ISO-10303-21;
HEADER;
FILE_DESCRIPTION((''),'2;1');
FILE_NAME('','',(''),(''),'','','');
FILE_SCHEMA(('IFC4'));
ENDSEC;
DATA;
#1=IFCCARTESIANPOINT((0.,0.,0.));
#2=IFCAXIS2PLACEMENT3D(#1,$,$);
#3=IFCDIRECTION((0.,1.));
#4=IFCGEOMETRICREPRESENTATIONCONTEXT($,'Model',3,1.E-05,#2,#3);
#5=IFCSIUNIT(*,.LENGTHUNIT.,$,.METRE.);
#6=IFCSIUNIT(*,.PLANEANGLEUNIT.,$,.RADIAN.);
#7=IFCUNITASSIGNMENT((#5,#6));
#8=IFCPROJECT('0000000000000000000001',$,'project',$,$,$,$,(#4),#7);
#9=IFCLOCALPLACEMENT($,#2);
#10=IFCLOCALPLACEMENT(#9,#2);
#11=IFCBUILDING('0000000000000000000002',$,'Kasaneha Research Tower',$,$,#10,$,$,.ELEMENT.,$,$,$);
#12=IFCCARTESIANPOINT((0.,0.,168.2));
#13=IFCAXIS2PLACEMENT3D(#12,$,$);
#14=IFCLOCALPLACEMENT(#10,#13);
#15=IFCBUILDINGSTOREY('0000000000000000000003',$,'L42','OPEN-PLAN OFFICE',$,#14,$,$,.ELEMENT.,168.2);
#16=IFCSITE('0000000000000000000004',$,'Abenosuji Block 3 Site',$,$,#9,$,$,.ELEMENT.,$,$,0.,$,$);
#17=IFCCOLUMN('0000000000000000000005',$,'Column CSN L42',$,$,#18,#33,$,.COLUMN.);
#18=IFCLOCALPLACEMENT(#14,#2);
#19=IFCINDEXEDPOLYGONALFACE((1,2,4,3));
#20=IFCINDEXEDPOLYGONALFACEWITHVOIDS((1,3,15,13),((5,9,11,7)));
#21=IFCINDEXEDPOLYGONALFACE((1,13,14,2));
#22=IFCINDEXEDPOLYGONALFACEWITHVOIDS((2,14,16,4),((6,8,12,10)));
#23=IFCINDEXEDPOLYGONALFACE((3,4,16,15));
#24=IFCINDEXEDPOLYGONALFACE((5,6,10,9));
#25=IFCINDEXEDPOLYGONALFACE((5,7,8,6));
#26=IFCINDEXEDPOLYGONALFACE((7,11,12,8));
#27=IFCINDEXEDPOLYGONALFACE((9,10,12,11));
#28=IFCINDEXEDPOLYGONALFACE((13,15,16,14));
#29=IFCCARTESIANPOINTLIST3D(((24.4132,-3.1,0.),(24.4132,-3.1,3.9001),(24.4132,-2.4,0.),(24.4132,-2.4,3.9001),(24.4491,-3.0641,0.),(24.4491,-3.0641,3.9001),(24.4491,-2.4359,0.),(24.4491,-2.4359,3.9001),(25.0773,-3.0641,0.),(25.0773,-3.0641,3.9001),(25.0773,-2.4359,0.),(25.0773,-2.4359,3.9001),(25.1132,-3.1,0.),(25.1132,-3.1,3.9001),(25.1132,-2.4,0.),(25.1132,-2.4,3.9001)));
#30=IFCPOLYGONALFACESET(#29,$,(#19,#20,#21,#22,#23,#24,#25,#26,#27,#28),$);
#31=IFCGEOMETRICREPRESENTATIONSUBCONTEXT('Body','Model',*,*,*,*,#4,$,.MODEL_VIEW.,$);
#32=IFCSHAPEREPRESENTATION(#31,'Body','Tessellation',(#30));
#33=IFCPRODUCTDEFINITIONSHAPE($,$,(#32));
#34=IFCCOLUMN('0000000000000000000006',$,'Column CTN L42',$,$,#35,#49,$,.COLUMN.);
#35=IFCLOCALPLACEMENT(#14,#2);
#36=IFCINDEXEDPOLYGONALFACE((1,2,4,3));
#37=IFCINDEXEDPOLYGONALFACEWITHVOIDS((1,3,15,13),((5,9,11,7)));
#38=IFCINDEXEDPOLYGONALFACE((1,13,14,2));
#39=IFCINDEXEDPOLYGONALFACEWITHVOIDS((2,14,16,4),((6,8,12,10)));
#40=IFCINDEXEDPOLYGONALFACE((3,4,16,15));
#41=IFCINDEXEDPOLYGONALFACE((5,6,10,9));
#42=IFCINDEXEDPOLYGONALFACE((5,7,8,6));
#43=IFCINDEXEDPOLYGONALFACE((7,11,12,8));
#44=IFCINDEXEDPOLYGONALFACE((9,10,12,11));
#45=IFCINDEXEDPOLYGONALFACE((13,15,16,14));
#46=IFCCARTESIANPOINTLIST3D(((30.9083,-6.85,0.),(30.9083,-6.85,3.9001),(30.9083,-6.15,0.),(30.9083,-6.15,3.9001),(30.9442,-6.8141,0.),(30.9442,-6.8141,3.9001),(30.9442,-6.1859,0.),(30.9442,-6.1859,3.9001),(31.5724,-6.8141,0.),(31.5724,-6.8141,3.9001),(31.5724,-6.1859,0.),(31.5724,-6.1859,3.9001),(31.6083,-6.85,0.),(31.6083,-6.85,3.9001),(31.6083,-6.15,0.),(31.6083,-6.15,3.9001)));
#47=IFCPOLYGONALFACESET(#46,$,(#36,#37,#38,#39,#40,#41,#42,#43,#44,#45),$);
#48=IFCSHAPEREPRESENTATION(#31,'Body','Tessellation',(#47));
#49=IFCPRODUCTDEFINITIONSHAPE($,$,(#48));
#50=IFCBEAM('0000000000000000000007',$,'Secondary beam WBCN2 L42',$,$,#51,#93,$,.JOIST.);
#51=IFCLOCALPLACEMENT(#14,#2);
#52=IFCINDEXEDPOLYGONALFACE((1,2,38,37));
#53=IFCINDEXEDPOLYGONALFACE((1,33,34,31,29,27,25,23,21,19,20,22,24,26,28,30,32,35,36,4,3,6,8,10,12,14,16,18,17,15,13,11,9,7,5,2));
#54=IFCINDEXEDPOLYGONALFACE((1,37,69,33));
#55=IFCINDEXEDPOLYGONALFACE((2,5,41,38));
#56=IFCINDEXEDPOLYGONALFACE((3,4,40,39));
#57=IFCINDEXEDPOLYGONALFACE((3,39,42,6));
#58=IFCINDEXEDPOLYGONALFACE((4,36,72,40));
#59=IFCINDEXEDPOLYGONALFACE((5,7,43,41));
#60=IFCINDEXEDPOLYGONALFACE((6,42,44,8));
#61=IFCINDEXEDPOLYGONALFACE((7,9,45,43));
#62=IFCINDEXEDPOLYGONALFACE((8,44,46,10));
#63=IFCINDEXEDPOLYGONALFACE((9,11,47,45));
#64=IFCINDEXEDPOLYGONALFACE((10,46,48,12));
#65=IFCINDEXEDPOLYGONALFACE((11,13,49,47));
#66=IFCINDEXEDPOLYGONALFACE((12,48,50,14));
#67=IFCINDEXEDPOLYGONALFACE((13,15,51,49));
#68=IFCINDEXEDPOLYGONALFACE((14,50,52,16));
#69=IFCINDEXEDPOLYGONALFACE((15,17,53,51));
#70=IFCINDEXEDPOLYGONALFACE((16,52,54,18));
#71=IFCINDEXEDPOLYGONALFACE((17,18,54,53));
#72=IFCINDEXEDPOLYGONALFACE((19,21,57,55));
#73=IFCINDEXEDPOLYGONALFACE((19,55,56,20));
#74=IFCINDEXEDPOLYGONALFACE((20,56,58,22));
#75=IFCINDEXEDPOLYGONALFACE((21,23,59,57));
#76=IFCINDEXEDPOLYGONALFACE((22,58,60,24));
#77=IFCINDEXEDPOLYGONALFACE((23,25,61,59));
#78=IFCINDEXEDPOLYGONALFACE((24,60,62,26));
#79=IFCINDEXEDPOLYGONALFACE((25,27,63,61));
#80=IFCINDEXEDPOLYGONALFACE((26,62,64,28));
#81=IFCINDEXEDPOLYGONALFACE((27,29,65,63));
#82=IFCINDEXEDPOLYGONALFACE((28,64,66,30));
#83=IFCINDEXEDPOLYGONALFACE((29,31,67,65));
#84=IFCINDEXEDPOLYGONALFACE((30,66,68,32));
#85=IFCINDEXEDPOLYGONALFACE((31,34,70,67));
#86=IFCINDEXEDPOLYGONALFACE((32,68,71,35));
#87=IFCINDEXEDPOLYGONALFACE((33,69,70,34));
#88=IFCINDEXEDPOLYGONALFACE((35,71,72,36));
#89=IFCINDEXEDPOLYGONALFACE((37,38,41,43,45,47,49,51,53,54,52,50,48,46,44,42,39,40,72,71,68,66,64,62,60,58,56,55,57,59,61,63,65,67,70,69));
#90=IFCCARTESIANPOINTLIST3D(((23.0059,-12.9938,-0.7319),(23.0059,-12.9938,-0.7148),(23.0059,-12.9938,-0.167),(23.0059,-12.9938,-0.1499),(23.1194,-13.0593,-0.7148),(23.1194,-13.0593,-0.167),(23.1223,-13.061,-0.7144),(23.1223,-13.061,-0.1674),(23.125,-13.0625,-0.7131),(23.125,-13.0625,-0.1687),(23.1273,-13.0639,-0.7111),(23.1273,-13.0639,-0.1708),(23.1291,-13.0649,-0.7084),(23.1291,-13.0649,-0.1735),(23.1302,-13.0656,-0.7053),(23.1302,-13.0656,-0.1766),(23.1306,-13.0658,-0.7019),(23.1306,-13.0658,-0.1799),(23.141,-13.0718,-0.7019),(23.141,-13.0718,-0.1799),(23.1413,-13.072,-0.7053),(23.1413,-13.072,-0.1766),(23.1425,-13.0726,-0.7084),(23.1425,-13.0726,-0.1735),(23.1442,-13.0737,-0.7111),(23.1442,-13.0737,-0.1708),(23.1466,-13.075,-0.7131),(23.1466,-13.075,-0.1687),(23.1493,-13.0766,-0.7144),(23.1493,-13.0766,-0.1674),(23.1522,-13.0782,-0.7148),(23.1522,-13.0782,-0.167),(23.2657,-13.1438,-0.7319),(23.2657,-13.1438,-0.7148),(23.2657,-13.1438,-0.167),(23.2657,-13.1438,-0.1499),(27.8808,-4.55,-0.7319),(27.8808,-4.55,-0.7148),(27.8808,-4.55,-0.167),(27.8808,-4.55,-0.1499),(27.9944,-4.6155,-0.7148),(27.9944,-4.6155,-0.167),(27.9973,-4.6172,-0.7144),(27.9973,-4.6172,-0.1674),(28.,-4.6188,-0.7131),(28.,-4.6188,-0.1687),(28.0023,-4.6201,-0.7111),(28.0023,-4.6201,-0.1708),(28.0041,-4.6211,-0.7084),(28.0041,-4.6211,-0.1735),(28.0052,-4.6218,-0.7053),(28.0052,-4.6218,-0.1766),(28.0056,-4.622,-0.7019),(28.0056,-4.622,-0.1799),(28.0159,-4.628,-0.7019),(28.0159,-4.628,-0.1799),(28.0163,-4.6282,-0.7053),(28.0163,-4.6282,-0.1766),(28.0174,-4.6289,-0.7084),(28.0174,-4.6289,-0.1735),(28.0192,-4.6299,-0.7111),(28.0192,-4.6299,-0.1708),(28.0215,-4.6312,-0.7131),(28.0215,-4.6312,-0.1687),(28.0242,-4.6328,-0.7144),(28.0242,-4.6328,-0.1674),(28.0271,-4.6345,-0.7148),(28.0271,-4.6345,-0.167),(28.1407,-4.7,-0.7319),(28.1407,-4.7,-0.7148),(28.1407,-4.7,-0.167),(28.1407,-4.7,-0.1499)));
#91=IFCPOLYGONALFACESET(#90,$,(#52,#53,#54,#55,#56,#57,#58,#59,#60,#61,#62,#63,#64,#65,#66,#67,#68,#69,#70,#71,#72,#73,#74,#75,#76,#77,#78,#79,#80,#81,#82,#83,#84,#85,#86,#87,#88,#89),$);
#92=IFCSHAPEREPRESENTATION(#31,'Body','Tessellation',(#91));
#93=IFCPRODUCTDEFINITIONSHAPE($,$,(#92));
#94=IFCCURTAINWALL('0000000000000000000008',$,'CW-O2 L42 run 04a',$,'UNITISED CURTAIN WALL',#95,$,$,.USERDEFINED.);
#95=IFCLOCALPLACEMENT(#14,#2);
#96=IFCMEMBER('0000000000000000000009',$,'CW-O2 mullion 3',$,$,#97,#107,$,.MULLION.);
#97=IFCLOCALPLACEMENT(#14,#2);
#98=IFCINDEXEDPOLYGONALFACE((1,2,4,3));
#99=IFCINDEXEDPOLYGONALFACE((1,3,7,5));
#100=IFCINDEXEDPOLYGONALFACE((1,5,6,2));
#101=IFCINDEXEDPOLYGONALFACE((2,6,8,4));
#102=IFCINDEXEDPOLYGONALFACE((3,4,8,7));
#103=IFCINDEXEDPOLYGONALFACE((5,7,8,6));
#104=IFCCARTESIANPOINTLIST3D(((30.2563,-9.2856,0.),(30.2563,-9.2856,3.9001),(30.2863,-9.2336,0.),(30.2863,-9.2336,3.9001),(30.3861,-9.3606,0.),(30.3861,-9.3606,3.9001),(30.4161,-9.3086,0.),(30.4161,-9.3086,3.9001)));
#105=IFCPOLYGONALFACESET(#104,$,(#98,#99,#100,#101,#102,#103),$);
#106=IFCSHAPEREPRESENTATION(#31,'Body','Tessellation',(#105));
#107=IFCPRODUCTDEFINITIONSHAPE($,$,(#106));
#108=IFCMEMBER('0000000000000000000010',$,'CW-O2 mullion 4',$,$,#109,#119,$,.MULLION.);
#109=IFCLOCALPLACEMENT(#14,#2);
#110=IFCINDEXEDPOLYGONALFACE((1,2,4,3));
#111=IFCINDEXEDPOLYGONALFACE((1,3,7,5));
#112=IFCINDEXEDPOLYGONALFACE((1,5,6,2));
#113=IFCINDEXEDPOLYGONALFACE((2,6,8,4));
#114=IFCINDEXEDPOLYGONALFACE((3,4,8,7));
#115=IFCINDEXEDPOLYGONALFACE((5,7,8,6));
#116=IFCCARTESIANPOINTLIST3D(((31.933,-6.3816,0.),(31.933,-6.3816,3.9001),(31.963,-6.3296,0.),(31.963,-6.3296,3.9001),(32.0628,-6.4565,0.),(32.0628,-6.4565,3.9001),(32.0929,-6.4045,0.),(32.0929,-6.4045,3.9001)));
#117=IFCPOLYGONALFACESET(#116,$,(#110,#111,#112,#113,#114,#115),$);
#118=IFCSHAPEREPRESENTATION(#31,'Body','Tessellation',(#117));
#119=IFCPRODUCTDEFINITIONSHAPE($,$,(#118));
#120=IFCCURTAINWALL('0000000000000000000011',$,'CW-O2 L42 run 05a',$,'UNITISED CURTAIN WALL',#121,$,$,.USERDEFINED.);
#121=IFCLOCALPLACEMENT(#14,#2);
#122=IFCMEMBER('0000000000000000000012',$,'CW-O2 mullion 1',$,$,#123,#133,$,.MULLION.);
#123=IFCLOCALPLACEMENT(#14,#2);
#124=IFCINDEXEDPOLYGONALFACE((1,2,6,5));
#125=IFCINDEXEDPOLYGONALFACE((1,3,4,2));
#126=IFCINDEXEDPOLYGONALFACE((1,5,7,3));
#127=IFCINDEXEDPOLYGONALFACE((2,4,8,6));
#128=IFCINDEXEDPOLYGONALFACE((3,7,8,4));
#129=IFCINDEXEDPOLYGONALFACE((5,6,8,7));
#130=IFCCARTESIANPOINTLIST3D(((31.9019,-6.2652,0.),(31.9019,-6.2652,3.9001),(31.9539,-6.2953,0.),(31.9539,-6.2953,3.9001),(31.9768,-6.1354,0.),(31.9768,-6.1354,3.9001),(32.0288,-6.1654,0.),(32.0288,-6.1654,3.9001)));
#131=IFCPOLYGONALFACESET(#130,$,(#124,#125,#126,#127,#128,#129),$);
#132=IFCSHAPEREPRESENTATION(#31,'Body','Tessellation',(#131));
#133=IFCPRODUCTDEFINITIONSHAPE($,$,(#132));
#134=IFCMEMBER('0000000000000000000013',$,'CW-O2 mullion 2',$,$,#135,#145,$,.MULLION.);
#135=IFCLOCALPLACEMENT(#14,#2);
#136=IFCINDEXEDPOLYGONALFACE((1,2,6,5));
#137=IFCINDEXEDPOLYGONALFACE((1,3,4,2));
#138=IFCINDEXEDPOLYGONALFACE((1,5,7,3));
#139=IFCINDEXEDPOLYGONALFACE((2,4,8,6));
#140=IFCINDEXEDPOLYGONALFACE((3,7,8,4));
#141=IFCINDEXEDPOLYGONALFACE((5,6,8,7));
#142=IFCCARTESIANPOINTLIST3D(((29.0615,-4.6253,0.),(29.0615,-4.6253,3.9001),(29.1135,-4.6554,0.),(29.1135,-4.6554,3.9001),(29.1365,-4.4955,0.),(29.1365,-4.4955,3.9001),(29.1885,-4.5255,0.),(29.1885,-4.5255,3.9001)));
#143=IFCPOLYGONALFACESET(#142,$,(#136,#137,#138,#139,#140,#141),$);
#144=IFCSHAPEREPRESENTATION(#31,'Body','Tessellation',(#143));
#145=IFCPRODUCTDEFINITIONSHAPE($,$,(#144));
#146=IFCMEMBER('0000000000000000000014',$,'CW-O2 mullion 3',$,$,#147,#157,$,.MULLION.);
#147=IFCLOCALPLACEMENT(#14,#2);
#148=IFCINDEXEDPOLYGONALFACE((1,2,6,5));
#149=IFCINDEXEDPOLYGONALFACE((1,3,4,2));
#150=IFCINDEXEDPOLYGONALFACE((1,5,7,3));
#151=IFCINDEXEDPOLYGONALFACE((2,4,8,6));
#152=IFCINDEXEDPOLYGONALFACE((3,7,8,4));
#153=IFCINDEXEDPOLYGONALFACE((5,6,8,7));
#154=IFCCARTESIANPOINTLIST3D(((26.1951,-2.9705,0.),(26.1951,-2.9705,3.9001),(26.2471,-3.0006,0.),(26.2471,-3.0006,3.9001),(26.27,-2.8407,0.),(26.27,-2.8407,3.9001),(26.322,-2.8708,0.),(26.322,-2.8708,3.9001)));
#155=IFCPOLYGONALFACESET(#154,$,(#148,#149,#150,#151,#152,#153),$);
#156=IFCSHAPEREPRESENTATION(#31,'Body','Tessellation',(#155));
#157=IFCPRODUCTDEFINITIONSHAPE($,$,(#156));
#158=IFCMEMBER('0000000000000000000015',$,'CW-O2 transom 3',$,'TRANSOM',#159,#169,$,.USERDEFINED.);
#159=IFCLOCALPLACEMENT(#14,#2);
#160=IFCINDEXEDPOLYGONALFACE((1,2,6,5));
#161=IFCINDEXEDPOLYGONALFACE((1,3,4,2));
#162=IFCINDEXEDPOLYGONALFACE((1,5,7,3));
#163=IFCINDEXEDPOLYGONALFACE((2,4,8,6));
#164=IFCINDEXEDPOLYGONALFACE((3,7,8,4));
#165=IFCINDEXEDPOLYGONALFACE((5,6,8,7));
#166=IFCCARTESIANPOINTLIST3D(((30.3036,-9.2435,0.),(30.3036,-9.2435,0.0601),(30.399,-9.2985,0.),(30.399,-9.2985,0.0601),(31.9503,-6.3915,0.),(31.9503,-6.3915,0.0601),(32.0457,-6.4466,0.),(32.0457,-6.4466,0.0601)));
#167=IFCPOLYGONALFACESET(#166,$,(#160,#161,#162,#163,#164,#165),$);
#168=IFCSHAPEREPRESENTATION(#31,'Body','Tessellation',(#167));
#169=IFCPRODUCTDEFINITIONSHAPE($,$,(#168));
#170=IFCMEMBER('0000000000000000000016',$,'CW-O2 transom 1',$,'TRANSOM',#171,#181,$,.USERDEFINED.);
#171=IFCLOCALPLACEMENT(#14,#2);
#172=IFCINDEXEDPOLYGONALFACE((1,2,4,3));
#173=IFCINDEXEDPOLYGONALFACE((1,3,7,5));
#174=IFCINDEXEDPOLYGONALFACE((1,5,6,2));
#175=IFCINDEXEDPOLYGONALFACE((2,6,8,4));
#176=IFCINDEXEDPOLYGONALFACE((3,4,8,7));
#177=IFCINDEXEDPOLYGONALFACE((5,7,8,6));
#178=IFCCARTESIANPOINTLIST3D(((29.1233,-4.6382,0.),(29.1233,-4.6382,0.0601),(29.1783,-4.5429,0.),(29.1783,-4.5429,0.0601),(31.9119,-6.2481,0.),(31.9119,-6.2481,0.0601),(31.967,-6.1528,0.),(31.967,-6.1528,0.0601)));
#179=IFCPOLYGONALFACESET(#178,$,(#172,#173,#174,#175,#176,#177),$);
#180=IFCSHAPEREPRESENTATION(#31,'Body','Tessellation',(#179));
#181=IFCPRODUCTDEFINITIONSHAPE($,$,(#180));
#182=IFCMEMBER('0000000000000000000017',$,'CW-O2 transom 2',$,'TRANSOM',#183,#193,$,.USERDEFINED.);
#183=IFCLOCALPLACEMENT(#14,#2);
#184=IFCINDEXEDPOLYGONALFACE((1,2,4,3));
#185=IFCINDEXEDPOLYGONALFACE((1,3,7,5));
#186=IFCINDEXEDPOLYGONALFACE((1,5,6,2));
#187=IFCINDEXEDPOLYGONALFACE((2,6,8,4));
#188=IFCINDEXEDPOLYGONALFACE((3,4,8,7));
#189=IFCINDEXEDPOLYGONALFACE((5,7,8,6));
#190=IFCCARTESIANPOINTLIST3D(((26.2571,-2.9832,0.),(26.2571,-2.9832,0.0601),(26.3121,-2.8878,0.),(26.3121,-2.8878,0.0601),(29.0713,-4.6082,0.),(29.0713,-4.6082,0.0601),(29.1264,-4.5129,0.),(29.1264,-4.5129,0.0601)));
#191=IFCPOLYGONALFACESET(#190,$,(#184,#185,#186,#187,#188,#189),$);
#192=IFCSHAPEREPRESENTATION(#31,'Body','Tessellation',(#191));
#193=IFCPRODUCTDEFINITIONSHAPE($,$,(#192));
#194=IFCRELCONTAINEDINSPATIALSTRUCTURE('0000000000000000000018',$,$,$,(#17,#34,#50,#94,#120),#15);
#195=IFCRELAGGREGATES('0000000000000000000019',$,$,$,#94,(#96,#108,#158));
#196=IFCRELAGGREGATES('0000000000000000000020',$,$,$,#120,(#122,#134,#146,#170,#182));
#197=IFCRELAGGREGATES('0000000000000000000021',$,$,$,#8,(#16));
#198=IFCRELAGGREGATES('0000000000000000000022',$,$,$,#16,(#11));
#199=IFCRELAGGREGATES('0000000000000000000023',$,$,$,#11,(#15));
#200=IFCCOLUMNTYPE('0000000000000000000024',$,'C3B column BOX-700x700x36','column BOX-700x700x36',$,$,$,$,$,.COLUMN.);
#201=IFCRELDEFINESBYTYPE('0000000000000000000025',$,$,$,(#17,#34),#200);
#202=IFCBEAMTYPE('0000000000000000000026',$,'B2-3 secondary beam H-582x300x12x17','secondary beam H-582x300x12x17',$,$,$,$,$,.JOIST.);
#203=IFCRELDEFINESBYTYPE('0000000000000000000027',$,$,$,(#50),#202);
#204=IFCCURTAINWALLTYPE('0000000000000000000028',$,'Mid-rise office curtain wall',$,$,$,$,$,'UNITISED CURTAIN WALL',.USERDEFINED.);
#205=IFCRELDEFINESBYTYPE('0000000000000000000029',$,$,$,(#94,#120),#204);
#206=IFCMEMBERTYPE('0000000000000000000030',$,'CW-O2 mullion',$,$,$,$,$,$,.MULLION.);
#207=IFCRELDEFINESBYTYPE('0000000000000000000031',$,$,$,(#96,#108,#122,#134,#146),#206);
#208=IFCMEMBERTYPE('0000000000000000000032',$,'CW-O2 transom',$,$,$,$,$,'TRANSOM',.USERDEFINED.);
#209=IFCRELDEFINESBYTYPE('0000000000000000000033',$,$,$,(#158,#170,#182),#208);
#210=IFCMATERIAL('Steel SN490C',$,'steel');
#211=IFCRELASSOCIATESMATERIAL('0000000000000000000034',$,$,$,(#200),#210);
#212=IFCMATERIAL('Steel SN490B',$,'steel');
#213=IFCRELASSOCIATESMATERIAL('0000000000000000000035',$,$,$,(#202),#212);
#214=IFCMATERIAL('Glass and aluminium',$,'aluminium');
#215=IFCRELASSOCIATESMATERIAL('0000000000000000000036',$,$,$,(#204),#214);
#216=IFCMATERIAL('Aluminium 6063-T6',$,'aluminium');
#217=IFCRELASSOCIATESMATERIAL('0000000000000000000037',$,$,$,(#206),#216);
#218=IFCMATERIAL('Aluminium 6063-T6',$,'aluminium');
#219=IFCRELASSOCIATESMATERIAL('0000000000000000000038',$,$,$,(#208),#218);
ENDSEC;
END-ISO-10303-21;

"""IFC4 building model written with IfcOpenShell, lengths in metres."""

from ifc_helpers import new_model, si_unit, direction, frame, origin, origin_2d, place, context, subcontext, project, spatial, rectangle, hollow_rectangle, i_section, extrude, material, material_profile, profile_set, type_object, element, aggregate, save


model = new_model("IFC4")

# Units and contexts
model_context = context("Model", 3, precision=1e-05, world=origin(), true_north=direction((0.0, 1.0)))
body_context = subcontext(model_context, "Body", "Model", "MODEL_VIEW")
ifc_project = project(units=[si_unit("LENGTHUNIT", "METRE"), si_unit("PLANEANGLEUNIT", "RADIAN")], contexts=[model_context])

# Site, building, storey
site_placement = place(None, origin())
site = spatial("IfcSite", under=ifc_project, at=site_placement, Name="Abenosuji Block 3 Site", CompositionType="ELEMENT", RefElevation=0.0)
building_placement = place(site_placement, origin())
building = spatial("IfcBuilding", under=site, at=building_placement, Name="Kasaneha Research Tower", CompositionType="ELEMENT")
storey_placement = place(building_placement, frame((0.0, 0.0, 168.2)))
storey = spatial("IfcBuildingStorey", under=building, at=storey_placement, Name="L42", Description="OPEN-PLAN OFFICE", CompositionType="ELEMENT", Elevation=168.2)

# Columns
ifc_material_1 = material(Name="Steel SN490C", Category="steel")
ifc_material_profile_1 = material_profile(ifc_material_1, hollow_rectangle(XDim=0.7, YDim=0.7, WallThickness=0.0359, at=origin_2d()), Name="BOX-700x700x36")
ifc_profile_set_1 = profile_set([ifc_material_profile_1], Name="Steel SN490C")
column_type = type_object("IfcColumnType", Name="C3B column BOX-700x700x36", Description="column BOX-700x700x36", PredefinedType="COLUMN", material=ifc_profile_set_1)
for number, where, z_axis, x_axis, name in (
    (1, (24.7632, -2.75, 0.0), (0.0, 0.0, 1.0), (1.0, 0.0, 0.0), "Column CSN L42"),
    (2, (31.2583, -6.5, 0.0), (0.0, 0.0, 1.0), (1.0, 0.0, 0.0), "Column CTN L42"),
):
    element("IfcColumn", number, at=place(storey_placement, frame(where, z_axis=z_axis, x_axis=x_axis)), inside=storey, type_object=column_type, Name=name, PredefinedType="COLUMN", context=body_context, shape_type="SweptSolid", body=[
        extrude(hollow_rectangle(XDim=0.7, YDim=0.7, WallThickness=0.0359, at=origin_2d()), origin(), (0.0, 0.0, 1.0), 3.9001),
    ])

# Beam
ifc_material_2 = material(Name="Steel SN490B", Category="steel")
ifc_material_profile_2 = material_profile(ifc_material_2, i_section(OverallWidth=0.3, OverallDepth=0.582, WebThickness=0.012, FlangeThickness=0.0171, FilletRadius=0.0129, at=origin_2d()), Name="H-582x300x12x17")
ifc_profile_set_2 = profile_set([ifc_material_profile_2], Name="Steel SN490B")
beam_type_1 = type_object("IfcBeamType", Name="B2-3 secondary beam H-582x300x12x17", Description="secondary beam H-582x300x12x17", PredefinedType="JOIST", material=ifc_profile_set_2)
beam_1_placement = place(storey_placement, frame((28.0107, -4.625, -0.4409), z_axis=(-0.499996, -0.866028, 0.0), x_axis=(0.866028, -0.499996, 0.0)))
element("IfcBeam", 3, at=beam_1_placement, inside=storey, type_object=beam_type_1, Name="Secondary beam WBCN2 L42", PredefinedType="JOIST", context=body_context, shape_type="SweptSolid", body=[
    extrude(i_section(OverallWidth=0.3, OverallDepth=0.582, WebThickness=0.012, FlangeThickness=0.0171, FilletRadius=0.0129, at=origin_2d()), origin(), (0.0, 0.0, 1.0), 9.75),
])

# Curtain walls, members
ifc_material_3 = material(Name="Glass and aluminium", Category="aluminium")
curtain_wall_type = type_object("IfcCurtainWallType", Name="Mid-rise office curtain wall", ElementType="UNITISED CURTAIN WALL", PredefinedType="USERDEFINED", material=ifc_material_3)
curtain_wall_1_placement = place(storey_placement, origin())
curtain_wall_1 = element("IfcCurtainWall", 4, at=curtain_wall_1_placement, inside=storey, type_object=curtain_wall_type, Name="CW-O2 L42 run 04a", ObjectType="UNITISED CURTAIN WALL", PredefinedType="USERDEFINED")
ifc_material_4 = material(Name="Aluminium 6063-T6", Category="aluminium")
ifc_material_profile_3 = material_profile(ifc_material_4, rectangle(XDim=0.0601, YDim=0.1499, at=origin_2d()), Name="CW-O2 mullion 60x150")
ifc_profile_set_3 = profile_set([ifc_material_profile_3], Name="Aluminium 6063-T6")
member_type_1 = type_object("IfcMemberType", Name="CW-O2 mullion", PredefinedType="MULLION", material=ifc_profile_set_3)
member_1_placement = place(storey_placement, frame((30.3362, -9.2971, 0.0), z_axis=(0.0, 0.0, 1.0), x_axis=(0.5, 0.866025, 0.0)))
member_1 = element("IfcMember", 5, at=member_1_placement, type_object=member_type_1, Name="CW-O2 mullion 3", PredefinedType="MULLION", context=body_context, shape_type="SweptSolid", body=[
    extrude(rectangle(XDim=0.0601, YDim=0.1499, at=origin_2d()), origin(), (0.0, 0.0, 1.0), 3.9001),
])
member_2_placement = place(storey_placement, frame((32.0129, -6.3931, 0.0), z_axis=(0.0, 0.0, 1.0), x_axis=(0.5, 0.866025, 0.0)))
member_2 = element("IfcMember", 6, at=member_2_placement, type_object=member_type_1, Name="CW-O2 mullion 4", PredefinedType="MULLION", context=body_context, shape_type="SweptSolid", body=[
    extrude(rectangle(XDim=0.0601, YDim=0.1499, at=origin_2d()), origin(), (0.0, 0.0, 1.0), 3.9001),
])
curtain_wall_2_placement = place(storey_placement, origin())
curtain_wall_2 = element("IfcCurtainWall", 7, at=curtain_wall_2_placement, inside=storey, type_object=curtain_wall_type, Name="CW-O2 L42 run 05a", ObjectType="UNITISED CURTAIN WALL", PredefinedType="USERDEFINED")
member_3_placement = place(storey_placement, frame((31.9653, -6.2153, 0.0), z_axis=(0.0, 0.0, 1.0), x_axis=(-0.866025, 0.5, 0.0)))
member_3 = element("IfcMember", 8, at=member_3_placement, type_object=member_type_1, Name="CW-O2 mullion 1", PredefinedType="MULLION", context=body_context, shape_type="SweptSolid", body=[
    extrude(rectangle(XDim=0.0601, YDim=0.1499, at=origin_2d()), origin(), (0.0, 0.0, 1.0), 3.9001),
])
member_4_placement = place(storey_placement, frame((29.125, -4.5754, 0.0), z_axis=(0.0, 0.0, 1.0), x_axis=(-0.866025, 0.5, 0.0)))
member_4 = element("IfcMember", 9, at=member_4_placement, type_object=member_type_1, Name="CW-O2 mullion 2", PredefinedType="MULLION", context=body_context, shape_type="SweptSolid", body=[
    extrude(rectangle(XDim=0.0601, YDim=0.1499, at=origin_2d()), origin(), (0.0, 0.0, 1.0), 3.9001),
])
member_5_placement = place(storey_placement, frame((26.2585, -2.9207, 0.0), z_axis=(0.0, 0.0, 1.0), x_axis=(-0.866025, 0.5, 0.0)))
member_5 = element("IfcMember", 10, at=member_5_placement, type_object=member_type_1, Name="CW-O2 mullion 3", PredefinedType="MULLION", context=body_context, shape_type="SweptSolid", body=[
    extrude(rectangle(XDim=0.0601, YDim=0.1499, at=origin_2d()), origin(), (0.0, 0.0, 1.0), 3.9001),
])

# Members
ifc_material_5 = material(Name="Aluminium 6063-T6", Category="aluminium")
ifc_material_profile_4 = material_profile(ifc_material_5, rectangle(XDim=0.1101, YDim=0.0601, at=origin_2d()), Name="CW-O2 transom 110x60")
ifc_profile_set_4 = profile_set([ifc_material_profile_4], Name="Aluminium 6063-T6")
member_type_2 = type_object("IfcMemberType", Name="CW-O2 transom", ElementType="TRANSOM", PredefinedType="USERDEFINED", material=ifc_profile_set_4)
member_6_placement = place(storey_placement, frame((30.3513, -9.271, 0.03), z_axis=(0.500022, 0.866013, 0.0), x_axis=(-0.866013, 0.500022, 0.0)))
member_6 = element("IfcMember", 11, at=member_6_placement, type_object=member_type_2, Name="CW-O2 transom 3", ObjectType="TRANSOM", PredefinedType="USERDEFINED", context=body_context, shape_type="SweptSolid", body=[
    extrude(rectangle(XDim=0.1101, YDim=0.0601, at=origin_2d()), origin(), (0.0, 0.0, 1.0), 3.2932),
])
member_7_placement = place(storey_placement, frame((31.9395, -6.2004, 0.03), z_axis=(-0.866042, 0.499972, 0.0), x_axis=(-0.499972, -0.866042, 0.0)))
member_7 = element("IfcMember", 12, at=member_7_placement, type_object=member_type_2, Name="CW-O2 transom 1", ObjectType="TRANSOM", PredefinedType="USERDEFINED", context=body_context, shape_type="SweptSolid", body=[
    extrude(rectangle(XDim=0.1101, YDim=0.0601, at=origin_2d()), origin(), (0.0, 0.0, 1.0), 3.22),
])
member_8_placement = place(storey_placement, frame((29.0989, -4.5605, 0.03), z_axis=(-0.865997, 0.50005, 0.0), x_axis=(-0.50005, -0.865997, 0.0)))
member_8 = element("IfcMember", 13, at=member_8_placement, type_object=member_type_2, Name="CW-O2 transom 2", ObjectType="TRANSOM", PredefinedType="USERDEFINED", context=body_context, shape_type="SweptSolid", body=[
    extrude(rectangle(XDim=0.1101, YDim=0.0601, at=origin_2d()), origin(), (0.0, 0.0, 1.0), 3.2498),
])

aggregate(curtain_wall_1, [member_1, member_2, member_6])
aggregate(curtain_wall_2, [member_3, member_4, member_5, member_7, member_8])

save(model, "model.ifc")
